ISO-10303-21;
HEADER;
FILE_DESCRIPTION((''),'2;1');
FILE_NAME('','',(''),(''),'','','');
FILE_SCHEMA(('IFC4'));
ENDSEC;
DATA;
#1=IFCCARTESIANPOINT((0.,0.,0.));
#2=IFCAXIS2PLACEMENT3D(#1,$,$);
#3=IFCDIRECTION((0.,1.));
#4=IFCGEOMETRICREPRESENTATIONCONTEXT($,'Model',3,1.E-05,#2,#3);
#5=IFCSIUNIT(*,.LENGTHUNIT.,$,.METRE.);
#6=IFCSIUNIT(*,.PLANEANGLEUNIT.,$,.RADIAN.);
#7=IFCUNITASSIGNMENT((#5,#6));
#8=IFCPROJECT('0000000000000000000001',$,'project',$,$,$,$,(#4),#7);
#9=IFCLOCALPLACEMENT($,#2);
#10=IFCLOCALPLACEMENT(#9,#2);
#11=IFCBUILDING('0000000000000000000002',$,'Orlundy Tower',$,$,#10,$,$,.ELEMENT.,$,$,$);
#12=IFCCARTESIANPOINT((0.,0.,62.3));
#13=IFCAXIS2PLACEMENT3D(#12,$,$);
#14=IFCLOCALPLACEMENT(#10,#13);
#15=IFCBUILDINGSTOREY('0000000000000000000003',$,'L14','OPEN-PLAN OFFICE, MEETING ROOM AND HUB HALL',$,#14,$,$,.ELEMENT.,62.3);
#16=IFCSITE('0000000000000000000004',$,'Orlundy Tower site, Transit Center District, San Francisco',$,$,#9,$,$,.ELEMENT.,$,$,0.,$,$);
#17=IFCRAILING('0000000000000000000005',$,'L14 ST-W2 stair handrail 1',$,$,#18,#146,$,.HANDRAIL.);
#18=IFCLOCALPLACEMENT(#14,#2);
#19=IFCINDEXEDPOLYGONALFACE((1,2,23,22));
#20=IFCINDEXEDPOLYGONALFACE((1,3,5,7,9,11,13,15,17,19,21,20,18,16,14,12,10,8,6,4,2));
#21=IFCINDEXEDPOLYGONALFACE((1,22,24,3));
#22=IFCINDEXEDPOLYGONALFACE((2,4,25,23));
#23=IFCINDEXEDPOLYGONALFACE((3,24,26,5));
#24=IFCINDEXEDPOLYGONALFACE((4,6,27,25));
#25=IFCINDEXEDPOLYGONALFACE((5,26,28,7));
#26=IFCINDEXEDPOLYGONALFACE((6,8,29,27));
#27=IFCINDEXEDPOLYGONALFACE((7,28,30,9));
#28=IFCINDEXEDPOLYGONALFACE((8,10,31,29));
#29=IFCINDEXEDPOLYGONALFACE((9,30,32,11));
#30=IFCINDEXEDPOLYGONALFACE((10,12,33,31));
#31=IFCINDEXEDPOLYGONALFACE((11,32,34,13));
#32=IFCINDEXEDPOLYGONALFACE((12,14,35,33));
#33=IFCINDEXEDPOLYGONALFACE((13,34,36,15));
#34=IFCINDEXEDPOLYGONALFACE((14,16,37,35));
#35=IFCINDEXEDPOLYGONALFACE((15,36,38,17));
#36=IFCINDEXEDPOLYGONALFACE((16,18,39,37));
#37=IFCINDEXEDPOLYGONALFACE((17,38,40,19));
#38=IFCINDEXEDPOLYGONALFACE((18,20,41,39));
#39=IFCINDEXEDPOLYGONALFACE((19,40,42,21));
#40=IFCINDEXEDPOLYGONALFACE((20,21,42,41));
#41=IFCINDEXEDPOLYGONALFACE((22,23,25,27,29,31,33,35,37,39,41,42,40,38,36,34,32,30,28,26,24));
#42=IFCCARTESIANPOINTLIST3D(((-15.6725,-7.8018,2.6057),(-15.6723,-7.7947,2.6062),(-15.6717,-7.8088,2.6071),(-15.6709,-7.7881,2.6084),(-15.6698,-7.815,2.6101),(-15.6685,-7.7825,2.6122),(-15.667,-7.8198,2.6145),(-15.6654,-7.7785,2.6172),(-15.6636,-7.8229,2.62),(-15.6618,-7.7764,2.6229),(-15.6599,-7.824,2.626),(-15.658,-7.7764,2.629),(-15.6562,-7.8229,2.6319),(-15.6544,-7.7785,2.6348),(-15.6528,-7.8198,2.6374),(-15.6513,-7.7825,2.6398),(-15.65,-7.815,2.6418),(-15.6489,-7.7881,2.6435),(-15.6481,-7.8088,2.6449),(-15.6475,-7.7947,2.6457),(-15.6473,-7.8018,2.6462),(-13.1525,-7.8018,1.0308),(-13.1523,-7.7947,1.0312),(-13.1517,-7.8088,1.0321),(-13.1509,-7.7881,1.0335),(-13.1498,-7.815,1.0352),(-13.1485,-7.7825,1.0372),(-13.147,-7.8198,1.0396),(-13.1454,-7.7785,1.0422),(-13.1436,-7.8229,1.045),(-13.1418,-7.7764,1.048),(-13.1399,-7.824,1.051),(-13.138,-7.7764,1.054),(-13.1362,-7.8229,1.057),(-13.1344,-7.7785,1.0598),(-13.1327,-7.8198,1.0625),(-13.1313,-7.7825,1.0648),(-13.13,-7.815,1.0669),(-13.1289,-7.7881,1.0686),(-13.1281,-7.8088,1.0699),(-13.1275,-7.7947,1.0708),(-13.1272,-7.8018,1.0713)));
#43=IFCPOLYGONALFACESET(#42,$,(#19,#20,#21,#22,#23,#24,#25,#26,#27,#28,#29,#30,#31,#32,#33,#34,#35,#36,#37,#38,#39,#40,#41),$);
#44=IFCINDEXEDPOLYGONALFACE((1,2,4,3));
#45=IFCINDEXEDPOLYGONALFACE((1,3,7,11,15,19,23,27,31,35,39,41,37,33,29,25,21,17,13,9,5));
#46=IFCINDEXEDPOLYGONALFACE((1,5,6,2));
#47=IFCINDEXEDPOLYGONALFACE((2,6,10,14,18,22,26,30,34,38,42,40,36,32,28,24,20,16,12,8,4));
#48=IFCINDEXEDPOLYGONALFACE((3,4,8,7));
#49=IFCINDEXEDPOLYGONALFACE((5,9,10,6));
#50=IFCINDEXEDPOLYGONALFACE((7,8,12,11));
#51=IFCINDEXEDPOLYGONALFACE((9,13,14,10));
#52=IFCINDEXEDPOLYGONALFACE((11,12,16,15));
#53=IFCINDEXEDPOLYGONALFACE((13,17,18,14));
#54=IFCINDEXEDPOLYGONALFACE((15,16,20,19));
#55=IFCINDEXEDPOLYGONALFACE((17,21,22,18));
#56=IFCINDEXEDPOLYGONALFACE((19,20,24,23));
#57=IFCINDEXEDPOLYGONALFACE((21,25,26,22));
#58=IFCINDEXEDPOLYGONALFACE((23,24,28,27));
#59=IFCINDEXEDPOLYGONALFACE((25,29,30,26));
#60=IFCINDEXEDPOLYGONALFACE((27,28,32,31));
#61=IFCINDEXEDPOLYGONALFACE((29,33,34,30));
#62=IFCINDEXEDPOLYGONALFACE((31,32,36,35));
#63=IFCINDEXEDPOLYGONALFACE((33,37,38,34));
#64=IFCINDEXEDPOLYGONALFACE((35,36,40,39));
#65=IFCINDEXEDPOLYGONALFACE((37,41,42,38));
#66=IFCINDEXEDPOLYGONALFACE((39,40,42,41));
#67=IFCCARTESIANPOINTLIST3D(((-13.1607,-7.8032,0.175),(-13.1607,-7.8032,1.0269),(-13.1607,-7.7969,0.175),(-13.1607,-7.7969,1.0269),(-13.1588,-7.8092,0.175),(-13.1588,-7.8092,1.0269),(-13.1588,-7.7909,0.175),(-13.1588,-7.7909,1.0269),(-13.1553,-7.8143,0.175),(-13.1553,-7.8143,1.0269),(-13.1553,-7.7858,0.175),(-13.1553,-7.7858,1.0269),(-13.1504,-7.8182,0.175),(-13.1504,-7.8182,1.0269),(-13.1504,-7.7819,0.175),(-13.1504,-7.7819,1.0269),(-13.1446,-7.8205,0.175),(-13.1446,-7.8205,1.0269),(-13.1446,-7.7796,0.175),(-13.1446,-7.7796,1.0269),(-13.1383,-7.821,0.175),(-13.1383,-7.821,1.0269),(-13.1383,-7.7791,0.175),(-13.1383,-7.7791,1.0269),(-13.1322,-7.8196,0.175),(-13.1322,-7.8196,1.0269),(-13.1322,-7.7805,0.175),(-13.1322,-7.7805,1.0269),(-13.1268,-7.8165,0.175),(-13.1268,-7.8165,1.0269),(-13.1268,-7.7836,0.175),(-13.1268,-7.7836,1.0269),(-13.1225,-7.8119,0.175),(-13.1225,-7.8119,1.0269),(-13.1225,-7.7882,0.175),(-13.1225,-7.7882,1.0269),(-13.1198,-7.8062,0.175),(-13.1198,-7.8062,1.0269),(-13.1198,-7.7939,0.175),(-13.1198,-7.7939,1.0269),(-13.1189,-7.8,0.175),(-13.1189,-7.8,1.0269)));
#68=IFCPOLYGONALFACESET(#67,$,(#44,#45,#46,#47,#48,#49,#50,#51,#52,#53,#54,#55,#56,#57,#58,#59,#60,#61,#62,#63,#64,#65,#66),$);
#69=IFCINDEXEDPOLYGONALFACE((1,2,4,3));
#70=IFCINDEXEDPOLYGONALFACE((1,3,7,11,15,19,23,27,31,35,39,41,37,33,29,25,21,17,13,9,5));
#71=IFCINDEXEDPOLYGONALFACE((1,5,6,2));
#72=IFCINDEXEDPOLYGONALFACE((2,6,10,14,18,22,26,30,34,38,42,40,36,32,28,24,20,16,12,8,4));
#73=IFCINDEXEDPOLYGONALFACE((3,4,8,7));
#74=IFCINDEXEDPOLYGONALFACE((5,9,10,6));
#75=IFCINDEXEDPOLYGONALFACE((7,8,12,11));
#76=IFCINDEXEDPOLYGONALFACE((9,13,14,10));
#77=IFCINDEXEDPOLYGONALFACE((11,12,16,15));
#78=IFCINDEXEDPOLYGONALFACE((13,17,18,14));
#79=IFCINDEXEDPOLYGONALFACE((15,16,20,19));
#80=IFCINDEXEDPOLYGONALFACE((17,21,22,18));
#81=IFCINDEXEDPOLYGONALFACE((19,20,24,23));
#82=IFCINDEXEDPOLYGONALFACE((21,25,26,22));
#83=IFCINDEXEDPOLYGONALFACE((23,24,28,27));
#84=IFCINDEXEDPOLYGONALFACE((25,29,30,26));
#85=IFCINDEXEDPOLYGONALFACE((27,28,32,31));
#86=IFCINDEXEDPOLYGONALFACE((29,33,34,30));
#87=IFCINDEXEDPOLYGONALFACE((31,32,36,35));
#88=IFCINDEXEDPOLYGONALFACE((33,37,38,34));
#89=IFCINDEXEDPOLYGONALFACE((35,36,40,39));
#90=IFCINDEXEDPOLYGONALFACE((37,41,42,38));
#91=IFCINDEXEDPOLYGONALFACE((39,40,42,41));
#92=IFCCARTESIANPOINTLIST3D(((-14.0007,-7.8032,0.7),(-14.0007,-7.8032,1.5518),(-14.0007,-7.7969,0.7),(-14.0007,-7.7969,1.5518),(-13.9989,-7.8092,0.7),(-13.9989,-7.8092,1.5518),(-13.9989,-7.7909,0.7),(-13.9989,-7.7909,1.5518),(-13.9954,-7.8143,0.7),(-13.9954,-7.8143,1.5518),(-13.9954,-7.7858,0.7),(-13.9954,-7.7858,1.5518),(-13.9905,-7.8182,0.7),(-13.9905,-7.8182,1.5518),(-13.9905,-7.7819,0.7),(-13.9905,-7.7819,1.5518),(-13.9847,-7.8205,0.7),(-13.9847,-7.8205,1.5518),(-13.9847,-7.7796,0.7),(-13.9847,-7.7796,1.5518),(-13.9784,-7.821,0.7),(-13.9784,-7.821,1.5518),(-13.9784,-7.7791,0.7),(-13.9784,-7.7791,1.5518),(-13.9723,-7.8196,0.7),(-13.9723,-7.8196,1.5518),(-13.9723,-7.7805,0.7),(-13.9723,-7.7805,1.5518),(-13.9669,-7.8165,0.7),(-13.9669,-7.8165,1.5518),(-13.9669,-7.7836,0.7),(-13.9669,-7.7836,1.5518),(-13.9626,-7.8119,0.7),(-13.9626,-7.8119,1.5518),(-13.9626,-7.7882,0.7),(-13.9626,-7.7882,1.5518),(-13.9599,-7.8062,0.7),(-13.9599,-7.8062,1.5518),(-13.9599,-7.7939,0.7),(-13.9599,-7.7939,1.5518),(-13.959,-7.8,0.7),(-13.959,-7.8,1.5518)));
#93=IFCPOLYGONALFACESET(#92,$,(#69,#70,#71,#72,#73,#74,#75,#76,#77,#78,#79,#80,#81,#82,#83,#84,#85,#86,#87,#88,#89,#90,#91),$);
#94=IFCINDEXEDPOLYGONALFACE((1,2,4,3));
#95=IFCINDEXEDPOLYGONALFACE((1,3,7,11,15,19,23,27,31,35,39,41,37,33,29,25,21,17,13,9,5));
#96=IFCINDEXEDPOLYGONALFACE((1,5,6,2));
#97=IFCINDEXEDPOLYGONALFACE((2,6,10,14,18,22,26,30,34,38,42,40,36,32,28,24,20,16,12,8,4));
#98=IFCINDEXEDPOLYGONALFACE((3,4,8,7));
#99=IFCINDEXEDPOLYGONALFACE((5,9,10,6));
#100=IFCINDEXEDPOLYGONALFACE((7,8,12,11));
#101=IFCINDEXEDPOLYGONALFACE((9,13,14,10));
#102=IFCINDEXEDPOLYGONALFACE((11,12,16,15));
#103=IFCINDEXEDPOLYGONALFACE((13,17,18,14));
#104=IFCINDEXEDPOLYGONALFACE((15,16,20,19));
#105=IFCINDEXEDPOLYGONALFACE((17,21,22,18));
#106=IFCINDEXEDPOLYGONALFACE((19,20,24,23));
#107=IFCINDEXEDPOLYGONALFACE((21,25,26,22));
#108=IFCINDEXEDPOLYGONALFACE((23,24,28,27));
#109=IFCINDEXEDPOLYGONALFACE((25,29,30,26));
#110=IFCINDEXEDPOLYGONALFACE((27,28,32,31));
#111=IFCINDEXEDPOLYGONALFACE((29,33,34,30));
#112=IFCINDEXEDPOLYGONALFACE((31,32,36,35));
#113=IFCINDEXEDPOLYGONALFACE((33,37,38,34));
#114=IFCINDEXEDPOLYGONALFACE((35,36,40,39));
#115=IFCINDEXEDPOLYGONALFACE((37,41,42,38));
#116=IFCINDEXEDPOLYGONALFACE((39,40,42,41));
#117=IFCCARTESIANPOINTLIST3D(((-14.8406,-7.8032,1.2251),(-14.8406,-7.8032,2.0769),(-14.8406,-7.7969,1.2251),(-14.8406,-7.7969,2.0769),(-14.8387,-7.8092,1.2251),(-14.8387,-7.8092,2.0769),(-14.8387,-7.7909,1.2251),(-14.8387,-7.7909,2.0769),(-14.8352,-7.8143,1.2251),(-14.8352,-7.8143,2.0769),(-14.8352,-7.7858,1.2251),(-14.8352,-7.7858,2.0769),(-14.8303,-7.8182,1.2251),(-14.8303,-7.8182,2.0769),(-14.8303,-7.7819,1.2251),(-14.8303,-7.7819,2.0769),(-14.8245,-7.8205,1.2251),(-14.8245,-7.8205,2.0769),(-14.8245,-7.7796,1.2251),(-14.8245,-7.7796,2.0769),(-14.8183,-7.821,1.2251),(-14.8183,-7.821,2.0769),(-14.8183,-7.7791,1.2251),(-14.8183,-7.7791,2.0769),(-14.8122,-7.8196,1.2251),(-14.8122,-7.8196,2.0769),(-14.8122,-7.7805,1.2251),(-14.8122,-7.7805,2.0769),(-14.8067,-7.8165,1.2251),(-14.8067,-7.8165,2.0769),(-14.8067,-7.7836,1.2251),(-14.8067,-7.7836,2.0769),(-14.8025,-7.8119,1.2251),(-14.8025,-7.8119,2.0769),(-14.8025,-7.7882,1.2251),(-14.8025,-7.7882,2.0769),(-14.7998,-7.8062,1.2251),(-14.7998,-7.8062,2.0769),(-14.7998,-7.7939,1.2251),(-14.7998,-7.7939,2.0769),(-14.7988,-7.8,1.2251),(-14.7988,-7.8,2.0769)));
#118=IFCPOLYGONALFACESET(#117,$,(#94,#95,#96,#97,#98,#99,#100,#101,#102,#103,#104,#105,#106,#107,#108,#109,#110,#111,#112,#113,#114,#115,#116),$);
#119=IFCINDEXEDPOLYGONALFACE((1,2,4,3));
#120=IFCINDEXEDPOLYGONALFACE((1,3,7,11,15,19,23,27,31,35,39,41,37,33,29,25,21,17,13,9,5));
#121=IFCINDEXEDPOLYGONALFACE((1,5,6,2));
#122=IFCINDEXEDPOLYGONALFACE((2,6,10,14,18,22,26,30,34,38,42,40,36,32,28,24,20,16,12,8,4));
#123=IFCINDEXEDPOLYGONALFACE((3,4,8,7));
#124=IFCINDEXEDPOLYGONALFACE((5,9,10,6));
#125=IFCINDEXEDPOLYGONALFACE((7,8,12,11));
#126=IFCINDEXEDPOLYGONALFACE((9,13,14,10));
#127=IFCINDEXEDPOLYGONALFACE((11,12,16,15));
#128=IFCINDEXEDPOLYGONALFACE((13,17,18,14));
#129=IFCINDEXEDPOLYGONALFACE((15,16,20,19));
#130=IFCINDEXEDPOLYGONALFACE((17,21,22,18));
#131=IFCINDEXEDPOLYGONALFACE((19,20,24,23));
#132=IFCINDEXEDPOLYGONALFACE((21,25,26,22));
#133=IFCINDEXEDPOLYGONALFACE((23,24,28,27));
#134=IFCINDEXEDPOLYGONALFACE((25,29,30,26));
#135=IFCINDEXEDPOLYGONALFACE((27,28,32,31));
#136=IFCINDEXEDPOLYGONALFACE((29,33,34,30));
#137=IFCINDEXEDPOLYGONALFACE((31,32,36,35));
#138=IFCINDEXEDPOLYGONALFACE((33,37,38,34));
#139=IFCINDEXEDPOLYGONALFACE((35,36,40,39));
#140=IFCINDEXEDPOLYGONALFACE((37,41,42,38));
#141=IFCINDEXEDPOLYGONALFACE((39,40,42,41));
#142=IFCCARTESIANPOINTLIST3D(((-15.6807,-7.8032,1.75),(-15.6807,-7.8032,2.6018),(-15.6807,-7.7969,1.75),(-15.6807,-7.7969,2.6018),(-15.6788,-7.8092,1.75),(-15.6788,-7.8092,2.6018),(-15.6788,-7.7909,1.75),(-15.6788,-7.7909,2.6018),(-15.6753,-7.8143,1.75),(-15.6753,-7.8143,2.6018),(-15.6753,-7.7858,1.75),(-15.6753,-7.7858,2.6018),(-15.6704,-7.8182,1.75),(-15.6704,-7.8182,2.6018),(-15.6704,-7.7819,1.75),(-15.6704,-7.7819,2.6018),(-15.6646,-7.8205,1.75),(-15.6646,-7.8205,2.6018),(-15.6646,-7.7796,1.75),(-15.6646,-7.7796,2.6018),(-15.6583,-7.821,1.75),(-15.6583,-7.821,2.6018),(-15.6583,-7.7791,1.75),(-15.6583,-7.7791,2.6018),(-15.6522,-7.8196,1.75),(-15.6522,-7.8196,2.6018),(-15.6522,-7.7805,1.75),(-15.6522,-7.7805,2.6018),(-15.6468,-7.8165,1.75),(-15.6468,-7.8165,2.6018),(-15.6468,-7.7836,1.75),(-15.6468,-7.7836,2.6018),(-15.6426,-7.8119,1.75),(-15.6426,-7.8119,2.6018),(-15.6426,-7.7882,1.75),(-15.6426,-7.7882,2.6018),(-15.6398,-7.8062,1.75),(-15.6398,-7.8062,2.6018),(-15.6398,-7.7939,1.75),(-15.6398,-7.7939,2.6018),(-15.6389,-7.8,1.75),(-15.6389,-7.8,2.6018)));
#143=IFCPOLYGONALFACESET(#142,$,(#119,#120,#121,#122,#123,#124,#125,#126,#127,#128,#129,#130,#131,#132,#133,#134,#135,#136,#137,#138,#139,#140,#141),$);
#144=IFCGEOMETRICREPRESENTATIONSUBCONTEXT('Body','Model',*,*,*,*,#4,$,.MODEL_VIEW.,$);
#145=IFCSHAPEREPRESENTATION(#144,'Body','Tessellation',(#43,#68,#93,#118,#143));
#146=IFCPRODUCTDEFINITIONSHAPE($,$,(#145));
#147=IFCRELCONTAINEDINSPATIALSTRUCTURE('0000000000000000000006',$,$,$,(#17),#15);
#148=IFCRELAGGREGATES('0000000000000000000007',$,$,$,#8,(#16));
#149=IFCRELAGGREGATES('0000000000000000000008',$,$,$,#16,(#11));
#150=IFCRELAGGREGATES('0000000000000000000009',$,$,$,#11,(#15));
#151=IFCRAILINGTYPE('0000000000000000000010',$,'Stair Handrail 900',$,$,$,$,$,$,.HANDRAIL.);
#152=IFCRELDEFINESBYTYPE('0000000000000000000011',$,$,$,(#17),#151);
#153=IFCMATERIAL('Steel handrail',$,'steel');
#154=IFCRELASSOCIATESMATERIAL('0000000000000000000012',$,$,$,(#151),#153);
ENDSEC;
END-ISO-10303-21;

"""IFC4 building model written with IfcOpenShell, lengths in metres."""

from ifc_helpers import new_model, si_unit, direction, frame, origin, origin_2d, place, context, subcontext, project, spatial, circle, extrude, material, type_object, element, save


model = new_model("IFC4")

# Units and contexts
model_context = context("Model", 3, precision=1e-05, world=origin(), true_north=direction((0.0, 1.0)))
body_context = subcontext(model_context, "Body", "Model", "MODEL_VIEW")
ifc_project = project(units=[si_unit("LENGTHUNIT", "METRE"), si_unit("PLANEANGLEUNIT", "RADIAN")], contexts=[model_context])

# Site, building, storey
site_placement = place(None, origin())
site = spatial("IfcSite", under=ifc_project, at=site_placement, Name="Orlundy Tower site, Transit Center District, San Francisco", CompositionType="ELEMENT", RefElevation=0.0)
building_placement = place(site_placement, origin())
building = spatial("IfcBuilding", under=site, at=building_placement, Name="Orlundy Tower", CompositionType="ELEMENT")
storey_placement = place(building_placement, frame((0.0, 0.0, 62.3)))
storey = spatial("IfcBuildingStorey", under=building, at=storey_placement, Name="L14", Description="OPEN-PLAN OFFICE, MEETING ROOM AND HUB HALL", CompositionType="ELEMENT", Elevation=62.3)

# Railing
ifc_material_1 = material(Name="Steel handrail", Category="steel")
railing_type_1 = type_object("IfcRailingType", Name="Stair Handrail 900", PredefinedType="HANDRAIL", material=ifc_material_1)
railing_1_placement = place(storey_placement, frame((-13.1399, -7.8, 0.175)))
element("IfcRailing", 1, at=railing_1_placement, inside=storey, type_object=railing_type_1, Name="L14 ST-W2 stair handrail 1", PredefinedType="HANDRAIL", context=body_context, shape_type="SweptSolid", body=[
    extrude(circle(Radius=0.0239, at=origin_2d()), frame((0.0, 0.0, 0.876), z_axis=(-0.848008, 0.0, 0.529984), x_axis=(0.0, -1.0, 0.0)), (0.0, 0.0, 1.0), 2.9717),
    extrude(circle(Radius=0.021, at=origin_2d()), origin(), (0.0, 0.0, 1.0), 0.8518),
    extrude(circle(Radius=0.021, at=origin_2d()), frame((-0.8401, 0.0, 0.5249)), (0.0, 0.0, 1.0), 0.8518),
    extrude(circle(Radius=0.021, at=origin_2d()), frame((-1.6799, 0.0, 1.05)), (0.0, 0.0, 1.0), 0.8518),
    extrude(circle(Radius=0.021, at=origin_2d()), frame((-2.52, 0.0, 1.575)), (0.0, 0.0, 1.0), 0.8518),
])

save(model, "model.ifc")
